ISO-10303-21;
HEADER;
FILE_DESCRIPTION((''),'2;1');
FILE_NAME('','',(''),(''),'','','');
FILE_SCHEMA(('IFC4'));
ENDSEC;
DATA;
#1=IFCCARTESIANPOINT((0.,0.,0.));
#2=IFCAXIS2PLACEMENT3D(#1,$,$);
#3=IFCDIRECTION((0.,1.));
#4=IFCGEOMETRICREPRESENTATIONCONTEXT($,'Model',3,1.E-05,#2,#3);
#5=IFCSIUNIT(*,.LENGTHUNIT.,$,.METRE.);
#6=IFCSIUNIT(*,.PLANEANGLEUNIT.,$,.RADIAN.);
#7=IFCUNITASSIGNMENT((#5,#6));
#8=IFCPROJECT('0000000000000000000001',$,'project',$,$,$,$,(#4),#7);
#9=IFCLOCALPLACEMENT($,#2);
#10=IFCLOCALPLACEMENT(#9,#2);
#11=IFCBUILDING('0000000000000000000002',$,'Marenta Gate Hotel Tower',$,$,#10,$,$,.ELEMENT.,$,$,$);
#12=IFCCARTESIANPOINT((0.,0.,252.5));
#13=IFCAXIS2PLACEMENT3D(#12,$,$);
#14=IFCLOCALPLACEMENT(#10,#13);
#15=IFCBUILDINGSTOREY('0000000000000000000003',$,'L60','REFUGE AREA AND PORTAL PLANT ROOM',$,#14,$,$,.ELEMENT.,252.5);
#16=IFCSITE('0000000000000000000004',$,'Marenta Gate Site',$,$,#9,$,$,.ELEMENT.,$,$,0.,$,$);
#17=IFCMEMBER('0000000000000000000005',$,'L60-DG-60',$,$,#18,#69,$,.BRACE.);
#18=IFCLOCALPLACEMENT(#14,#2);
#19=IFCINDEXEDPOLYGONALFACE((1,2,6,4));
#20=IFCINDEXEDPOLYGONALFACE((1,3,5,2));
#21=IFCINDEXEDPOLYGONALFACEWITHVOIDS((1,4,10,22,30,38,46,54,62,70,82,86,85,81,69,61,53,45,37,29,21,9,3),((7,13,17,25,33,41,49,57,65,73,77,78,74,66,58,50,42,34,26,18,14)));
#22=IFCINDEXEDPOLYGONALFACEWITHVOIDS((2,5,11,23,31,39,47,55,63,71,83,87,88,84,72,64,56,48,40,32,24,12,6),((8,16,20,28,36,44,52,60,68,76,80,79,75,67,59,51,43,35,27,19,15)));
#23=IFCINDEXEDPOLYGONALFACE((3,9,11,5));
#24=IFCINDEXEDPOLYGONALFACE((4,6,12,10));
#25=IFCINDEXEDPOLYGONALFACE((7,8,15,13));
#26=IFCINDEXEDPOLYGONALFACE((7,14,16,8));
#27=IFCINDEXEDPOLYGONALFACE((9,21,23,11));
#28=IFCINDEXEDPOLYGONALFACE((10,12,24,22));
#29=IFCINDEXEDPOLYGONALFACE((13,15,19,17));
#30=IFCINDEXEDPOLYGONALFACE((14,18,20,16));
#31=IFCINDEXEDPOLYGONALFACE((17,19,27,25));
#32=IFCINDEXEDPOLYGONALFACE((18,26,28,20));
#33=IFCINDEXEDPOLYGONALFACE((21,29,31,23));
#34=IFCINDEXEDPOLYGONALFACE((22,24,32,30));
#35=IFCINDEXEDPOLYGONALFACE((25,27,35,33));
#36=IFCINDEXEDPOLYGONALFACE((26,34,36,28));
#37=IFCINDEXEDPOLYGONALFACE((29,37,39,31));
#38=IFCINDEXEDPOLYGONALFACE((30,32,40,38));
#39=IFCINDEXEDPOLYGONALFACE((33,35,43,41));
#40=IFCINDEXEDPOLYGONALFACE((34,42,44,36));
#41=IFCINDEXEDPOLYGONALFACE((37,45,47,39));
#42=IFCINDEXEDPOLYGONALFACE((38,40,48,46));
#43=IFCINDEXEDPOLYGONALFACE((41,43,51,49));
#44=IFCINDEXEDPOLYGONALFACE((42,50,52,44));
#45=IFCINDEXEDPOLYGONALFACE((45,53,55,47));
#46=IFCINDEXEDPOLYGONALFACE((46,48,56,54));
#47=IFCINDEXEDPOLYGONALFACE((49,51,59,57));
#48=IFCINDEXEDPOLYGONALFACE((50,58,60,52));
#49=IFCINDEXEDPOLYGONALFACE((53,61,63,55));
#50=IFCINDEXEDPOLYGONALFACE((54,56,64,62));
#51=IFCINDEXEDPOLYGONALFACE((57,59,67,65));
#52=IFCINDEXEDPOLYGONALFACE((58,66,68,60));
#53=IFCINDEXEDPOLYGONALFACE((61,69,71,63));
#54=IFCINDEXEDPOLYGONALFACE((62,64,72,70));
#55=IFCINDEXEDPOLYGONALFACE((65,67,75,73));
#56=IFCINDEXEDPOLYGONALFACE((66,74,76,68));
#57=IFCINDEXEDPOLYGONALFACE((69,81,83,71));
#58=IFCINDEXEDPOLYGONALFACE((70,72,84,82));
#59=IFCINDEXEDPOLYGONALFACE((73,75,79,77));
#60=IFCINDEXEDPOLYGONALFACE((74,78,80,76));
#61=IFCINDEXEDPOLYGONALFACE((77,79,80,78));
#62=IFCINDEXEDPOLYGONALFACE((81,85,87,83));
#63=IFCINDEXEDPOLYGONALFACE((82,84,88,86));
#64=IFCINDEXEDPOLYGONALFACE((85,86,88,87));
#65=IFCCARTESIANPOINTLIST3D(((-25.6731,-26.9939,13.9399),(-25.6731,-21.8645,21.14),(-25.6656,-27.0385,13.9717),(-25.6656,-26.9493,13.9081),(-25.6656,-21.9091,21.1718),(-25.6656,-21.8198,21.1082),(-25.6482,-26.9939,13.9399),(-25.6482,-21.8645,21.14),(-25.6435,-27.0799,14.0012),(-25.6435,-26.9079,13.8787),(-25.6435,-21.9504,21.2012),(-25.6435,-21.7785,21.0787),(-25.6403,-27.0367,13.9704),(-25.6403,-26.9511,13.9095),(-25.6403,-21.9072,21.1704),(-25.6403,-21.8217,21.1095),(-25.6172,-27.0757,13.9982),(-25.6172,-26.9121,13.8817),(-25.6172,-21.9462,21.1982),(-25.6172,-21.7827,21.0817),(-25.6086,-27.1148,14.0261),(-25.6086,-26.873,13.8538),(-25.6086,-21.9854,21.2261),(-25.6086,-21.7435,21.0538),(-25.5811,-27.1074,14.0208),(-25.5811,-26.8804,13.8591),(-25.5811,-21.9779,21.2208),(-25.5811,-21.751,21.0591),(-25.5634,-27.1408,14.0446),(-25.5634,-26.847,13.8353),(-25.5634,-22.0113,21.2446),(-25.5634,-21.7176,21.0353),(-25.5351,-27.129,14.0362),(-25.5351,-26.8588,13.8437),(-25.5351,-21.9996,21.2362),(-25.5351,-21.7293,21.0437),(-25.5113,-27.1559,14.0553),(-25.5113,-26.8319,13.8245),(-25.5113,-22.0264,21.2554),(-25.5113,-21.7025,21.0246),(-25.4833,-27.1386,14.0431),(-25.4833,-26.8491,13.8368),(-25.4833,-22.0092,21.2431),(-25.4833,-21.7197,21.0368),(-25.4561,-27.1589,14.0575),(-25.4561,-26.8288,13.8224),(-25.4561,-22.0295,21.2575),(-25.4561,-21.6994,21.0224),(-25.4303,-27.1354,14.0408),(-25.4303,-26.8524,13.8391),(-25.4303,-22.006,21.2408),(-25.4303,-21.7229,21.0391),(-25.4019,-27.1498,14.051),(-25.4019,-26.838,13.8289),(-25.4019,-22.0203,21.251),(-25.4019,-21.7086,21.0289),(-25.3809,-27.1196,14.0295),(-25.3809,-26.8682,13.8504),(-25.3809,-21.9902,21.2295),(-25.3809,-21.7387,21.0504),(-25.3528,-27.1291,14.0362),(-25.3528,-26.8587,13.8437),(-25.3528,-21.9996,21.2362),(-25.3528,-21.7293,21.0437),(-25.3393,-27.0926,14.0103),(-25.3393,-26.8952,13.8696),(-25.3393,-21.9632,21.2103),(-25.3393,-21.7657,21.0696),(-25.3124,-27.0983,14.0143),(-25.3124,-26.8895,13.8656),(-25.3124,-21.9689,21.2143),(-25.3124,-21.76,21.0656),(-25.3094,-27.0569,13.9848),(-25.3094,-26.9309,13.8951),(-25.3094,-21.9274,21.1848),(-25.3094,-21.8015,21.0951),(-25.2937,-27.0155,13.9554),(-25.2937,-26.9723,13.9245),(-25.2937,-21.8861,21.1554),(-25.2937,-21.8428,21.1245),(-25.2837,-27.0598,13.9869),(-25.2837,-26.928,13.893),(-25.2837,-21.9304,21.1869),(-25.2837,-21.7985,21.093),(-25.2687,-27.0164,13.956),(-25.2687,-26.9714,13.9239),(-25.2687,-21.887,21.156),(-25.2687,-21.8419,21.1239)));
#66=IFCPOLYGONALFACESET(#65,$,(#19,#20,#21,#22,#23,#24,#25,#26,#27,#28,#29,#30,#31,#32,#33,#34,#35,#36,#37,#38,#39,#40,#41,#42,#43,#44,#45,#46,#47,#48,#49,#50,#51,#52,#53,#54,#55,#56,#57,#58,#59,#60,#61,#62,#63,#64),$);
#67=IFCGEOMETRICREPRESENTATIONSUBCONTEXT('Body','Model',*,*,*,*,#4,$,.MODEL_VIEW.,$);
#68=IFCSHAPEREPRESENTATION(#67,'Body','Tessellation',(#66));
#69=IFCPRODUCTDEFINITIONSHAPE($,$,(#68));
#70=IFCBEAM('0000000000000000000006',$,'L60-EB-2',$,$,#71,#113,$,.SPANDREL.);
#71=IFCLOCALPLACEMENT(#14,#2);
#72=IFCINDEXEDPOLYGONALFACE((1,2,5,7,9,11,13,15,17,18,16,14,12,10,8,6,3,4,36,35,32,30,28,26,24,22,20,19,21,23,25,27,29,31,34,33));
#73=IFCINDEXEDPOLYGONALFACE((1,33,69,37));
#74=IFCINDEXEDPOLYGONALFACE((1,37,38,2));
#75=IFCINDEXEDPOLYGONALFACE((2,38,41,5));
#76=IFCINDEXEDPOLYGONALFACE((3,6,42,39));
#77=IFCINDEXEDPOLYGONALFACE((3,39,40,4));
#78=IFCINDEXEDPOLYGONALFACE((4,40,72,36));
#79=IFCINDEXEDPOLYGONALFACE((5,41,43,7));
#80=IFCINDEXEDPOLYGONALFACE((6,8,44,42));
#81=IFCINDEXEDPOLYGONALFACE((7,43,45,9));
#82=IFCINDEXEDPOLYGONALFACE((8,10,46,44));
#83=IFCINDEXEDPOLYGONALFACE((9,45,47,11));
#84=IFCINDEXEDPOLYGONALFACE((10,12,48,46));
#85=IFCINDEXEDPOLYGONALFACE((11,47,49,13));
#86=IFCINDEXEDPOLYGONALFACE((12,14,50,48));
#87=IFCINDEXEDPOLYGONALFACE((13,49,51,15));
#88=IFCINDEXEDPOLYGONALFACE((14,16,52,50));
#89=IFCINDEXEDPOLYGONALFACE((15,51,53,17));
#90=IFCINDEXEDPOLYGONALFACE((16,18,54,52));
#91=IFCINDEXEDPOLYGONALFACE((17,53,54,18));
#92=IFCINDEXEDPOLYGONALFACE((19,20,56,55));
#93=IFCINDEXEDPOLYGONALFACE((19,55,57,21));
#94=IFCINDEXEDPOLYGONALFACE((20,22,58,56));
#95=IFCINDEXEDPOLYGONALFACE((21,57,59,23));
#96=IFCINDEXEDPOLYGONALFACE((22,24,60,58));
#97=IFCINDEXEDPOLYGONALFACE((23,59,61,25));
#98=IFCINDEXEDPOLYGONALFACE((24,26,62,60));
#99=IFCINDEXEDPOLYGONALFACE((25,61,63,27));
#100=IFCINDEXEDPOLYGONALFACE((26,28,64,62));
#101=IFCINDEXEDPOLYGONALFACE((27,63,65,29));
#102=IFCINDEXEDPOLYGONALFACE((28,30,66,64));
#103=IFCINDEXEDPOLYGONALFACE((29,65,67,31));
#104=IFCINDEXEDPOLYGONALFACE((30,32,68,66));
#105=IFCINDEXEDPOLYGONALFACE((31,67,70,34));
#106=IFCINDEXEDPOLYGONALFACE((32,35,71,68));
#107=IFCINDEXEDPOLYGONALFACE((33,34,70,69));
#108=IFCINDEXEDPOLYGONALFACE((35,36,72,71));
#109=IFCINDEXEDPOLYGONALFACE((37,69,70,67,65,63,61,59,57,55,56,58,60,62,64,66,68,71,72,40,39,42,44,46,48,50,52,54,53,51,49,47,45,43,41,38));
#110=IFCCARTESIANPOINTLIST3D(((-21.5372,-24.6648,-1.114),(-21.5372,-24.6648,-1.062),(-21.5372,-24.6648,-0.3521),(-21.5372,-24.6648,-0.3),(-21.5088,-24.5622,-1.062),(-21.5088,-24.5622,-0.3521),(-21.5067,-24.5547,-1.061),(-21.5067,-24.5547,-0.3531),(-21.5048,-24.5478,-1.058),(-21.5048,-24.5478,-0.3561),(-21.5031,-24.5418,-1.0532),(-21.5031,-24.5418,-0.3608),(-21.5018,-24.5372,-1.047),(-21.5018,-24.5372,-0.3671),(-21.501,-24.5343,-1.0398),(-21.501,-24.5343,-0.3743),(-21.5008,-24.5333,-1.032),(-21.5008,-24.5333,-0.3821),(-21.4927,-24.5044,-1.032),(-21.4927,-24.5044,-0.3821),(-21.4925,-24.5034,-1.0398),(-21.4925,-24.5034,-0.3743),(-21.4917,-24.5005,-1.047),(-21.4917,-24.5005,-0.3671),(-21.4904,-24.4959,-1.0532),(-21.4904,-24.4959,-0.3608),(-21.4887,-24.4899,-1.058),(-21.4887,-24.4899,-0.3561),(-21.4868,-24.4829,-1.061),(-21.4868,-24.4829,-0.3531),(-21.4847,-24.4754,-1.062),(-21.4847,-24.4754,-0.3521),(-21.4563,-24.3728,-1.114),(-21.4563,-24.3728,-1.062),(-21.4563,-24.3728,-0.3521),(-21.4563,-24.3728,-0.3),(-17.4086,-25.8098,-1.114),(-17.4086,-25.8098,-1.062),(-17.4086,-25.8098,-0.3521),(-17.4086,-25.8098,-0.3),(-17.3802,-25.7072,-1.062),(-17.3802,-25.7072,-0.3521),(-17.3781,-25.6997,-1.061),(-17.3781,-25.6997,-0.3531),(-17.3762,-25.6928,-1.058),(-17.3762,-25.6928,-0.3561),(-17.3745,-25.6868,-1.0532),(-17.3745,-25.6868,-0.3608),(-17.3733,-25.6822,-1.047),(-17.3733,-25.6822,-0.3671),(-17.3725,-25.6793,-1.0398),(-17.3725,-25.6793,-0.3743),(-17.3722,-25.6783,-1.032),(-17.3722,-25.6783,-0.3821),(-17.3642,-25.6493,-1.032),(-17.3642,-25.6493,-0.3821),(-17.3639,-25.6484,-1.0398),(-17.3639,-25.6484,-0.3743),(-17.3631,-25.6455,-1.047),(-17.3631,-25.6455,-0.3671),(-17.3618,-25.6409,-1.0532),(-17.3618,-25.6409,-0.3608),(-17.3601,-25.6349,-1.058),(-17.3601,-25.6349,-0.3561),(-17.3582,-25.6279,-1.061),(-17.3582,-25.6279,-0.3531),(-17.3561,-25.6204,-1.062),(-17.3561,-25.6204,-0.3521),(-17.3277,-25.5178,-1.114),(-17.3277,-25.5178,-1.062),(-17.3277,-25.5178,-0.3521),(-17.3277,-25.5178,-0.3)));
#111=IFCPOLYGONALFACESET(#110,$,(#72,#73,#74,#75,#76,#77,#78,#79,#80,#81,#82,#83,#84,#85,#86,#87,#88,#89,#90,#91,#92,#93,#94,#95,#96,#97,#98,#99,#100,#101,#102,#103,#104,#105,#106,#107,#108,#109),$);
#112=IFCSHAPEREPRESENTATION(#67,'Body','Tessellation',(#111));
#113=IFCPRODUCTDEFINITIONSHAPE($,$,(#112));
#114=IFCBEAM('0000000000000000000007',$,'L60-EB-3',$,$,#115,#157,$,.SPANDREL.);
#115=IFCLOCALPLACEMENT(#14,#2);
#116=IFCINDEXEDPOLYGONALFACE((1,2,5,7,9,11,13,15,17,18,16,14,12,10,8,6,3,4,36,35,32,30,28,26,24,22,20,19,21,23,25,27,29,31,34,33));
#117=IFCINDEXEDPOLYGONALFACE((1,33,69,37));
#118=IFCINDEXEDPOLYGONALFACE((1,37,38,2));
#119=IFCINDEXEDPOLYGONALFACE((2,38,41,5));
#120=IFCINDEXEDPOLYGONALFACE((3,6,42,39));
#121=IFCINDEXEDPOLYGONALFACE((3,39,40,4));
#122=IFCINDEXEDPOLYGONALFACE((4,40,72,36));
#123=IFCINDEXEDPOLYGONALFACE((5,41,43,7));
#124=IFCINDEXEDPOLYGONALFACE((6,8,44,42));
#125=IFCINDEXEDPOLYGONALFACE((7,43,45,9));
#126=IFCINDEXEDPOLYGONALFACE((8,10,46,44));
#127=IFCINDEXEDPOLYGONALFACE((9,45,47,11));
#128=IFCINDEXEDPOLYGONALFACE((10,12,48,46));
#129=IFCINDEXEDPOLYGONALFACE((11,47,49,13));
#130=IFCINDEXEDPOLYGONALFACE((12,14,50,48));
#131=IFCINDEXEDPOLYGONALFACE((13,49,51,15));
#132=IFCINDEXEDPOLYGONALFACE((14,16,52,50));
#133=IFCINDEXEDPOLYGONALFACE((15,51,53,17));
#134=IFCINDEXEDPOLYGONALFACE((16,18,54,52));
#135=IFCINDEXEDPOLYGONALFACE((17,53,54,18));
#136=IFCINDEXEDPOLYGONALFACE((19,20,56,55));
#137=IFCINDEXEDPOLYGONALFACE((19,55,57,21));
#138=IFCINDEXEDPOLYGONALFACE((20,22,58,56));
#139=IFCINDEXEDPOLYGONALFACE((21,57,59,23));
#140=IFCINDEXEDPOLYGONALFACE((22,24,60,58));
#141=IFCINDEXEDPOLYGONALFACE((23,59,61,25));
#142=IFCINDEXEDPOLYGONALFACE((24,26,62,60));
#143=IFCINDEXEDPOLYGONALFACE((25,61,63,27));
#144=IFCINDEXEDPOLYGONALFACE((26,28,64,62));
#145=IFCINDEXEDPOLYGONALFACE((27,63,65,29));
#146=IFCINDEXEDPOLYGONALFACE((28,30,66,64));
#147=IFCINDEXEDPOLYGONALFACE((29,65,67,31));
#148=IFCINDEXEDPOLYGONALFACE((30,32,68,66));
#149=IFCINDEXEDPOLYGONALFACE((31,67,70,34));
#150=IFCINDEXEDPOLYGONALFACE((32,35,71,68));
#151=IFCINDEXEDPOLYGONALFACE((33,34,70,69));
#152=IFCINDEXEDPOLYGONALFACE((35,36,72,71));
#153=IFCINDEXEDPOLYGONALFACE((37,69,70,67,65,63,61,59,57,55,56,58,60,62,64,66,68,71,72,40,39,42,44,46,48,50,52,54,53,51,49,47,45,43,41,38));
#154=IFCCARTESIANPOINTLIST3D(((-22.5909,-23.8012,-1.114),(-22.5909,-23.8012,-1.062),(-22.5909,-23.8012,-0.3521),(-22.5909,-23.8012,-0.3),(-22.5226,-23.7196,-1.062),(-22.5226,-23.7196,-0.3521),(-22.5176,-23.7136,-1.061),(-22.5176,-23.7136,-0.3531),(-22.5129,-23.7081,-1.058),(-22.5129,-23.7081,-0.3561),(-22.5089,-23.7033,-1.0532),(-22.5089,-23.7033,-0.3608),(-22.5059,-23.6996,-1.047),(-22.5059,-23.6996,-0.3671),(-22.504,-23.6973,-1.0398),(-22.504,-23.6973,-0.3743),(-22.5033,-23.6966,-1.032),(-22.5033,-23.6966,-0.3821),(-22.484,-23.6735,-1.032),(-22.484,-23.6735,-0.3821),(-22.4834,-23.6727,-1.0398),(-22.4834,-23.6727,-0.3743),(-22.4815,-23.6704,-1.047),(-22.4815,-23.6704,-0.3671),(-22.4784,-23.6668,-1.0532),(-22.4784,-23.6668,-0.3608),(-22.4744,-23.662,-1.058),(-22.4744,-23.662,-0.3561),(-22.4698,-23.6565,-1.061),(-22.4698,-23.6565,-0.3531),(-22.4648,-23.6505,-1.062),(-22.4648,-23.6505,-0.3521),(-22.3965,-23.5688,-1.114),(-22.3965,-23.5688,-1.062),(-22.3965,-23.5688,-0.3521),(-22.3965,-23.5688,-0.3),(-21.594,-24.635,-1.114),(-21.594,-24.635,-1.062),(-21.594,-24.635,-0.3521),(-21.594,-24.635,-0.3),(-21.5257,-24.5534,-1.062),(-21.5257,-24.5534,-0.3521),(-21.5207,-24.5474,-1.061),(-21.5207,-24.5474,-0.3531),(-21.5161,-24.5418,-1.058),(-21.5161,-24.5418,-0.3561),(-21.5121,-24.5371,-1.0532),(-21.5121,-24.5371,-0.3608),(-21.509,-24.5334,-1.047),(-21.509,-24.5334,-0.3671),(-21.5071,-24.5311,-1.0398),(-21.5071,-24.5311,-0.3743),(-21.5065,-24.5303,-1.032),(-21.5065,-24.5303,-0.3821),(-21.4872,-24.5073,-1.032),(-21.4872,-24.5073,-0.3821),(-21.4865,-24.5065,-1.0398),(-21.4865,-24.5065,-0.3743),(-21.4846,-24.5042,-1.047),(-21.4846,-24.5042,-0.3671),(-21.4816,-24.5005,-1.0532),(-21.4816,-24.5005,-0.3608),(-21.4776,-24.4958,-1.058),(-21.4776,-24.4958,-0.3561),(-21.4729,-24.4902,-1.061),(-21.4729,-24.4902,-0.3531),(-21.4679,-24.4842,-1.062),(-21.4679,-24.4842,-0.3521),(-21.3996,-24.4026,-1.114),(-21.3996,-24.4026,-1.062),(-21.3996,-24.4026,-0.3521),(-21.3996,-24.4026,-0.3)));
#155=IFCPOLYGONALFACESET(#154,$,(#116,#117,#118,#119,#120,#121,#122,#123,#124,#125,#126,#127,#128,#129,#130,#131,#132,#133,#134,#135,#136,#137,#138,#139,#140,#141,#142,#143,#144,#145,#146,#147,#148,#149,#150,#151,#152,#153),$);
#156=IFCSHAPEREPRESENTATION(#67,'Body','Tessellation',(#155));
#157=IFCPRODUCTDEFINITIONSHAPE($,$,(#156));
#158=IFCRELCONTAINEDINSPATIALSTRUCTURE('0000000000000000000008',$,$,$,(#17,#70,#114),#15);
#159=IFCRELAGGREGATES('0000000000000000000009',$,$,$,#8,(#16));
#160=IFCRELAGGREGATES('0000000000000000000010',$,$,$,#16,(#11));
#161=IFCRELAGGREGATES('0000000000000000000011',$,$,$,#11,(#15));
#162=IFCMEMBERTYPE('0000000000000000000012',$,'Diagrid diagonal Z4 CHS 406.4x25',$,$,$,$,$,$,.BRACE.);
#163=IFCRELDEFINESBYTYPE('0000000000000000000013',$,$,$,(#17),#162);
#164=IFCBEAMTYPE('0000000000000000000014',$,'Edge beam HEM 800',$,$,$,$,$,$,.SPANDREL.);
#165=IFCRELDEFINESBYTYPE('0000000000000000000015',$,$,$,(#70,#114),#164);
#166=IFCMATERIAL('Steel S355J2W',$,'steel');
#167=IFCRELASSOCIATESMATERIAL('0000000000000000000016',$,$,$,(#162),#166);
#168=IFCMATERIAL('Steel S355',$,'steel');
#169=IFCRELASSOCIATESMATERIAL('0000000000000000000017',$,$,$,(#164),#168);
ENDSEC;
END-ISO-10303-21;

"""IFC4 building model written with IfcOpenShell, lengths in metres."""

from ifc_helpers import new_model, si_unit, direction, frame, origin, origin_2d, place, context, subcontext, project, spatial, hollow_circle, i_section, extrude, material, material_profile, profile_set, type_object, element, save


model = new_model("IFC4")

# Units and contexts
model_context = context("Model", 3, precision=1e-05, world=origin(), true_north=direction((0.0, 1.0)))
body_context = subcontext(model_context, "Body", "Model", "MODEL_VIEW")
ifc_project = project(units=[si_unit("LENGTHUNIT", "METRE"), si_unit("PLANEANGLEUNIT", "RADIAN")], contexts=[model_context])

# Site, building, storey
site_placement = place(None, origin())
site = spatial("IfcSite", under=ifc_project, at=site_placement, Name="Marenta Gate Site", CompositionType="ELEMENT", RefElevation=0.0)
building_placement = place(site_placement, origin())
building = spatial("IfcBuilding", under=site, at=building_placement, Name="Marenta Gate Hotel Tower", CompositionType="ELEMENT")
storey_placement = place(building_placement, frame((0.0, 0.0, 252.5)))
storey = spatial("IfcBuildingStorey", under=building, at=storey_placement, Name="L60", Description="REFUGE AREA AND PORTAL PLANT ROOM", CompositionType="ELEMENT", Elevation=252.5)

# Member
ifc_material_1 = material(Name="Steel S355J2W", Category="steel")
ifc_material_profile_1 = material_profile(ifc_material_1, hollow_circle(Radius=0.2031, WallThickness=0.0249, at=origin_2d()), Name="CHS 406.4x25")
ifc_profile_set_1 = profile_set([ifc_material_profile_1], Name="Steel S355J2W")
member_type_1 = type_object("IfcMemberType", Name="Diagrid diagonal Z4 CHS 406.4x25", PredefinedType="BRACE", material=ifc_profile_set_1)
for number, where, z_axis, x_axis, name in (
    (1, (-25.47, -26.9939, 13.9399), (0.0, 0.580232, 0.814451), (-1.0, 0.0, 0.0), "L60-DG-60"),
):
    element("IfcMember", number, at=place(storey_placement, frame(where, z_axis=z_axis, x_axis=x_axis)), inside=storey, type_object=member_type_1, Name=name, PredefinedType="BRACE", context=body_context, shape_type="SweptSolid", body=[
        extrude(hollow_circle(Radius=0.2031, WallThickness=0.0249, at=origin_2d()), origin(), (0.0, 0.0, 1.0), 8.8403),
    ])

# Beams
ifc_material_2 = material(Name="Steel S355", Category="steel")
ifc_material_profile_2 = material_profile(ifc_material_2, i_section(OverallWidth=0.303, OverallDepth=0.814, WebThickness=0.03, FlangeThickness=0.052, FilletRadius=0.03, at=origin_2d()), Name="HEM 800")
ifc_profile_set_2 = profile_set([ifc_material_profile_2], Name="Steel S355")
beam_type_1 = type_object("IfcBeamType", Name="Edge beam HEM 800", PredefinedType="SPANDREL", material=ifc_profile_set_2)
beam_1_placement = place(storey_placement, frame((-17.3682, -25.6638, -0.707), z_axis=(-0.963628, 0.267247, 0.0), x_axis=(-0.267247, -0.963628, 0.0)))
element("IfcBeam", 2, at=beam_1_placement, inside=storey, type_object=beam_type_1, Name="L60-EB-2", PredefinedType="SPANDREL", context=body_context, shape_type="SweptSolid", body=[
    extrude(i_section(OverallWidth=0.303, OverallDepth=0.814, WebThickness=0.03, FlangeThickness=0.052, FilletRadius=0.03, at=origin_2d()), origin(), (0.0, 0.0, 1.0), 4.2844),
])
beam_2_placement = place(storey_placement, frame((-21.4968, -24.5188, -0.707), z_axis=(-0.767065, 0.641569, 0.0), x_axis=(-0.641569, -0.767065, 0.0)))
element("IfcBeam", 3, at=beam_2_placement, inside=storey, type_object=beam_type_1, Name="L60-EB-3", PredefinedType="SPANDREL", context=body_context, shape_type="SweptSolid", body=[
    extrude(i_section(OverallWidth=0.303, OverallDepth=0.814, WebThickness=0.03, FlangeThickness=0.052, FilletRadius=0.03, at=origin_2d()), origin(), (0.0, 0.0, 1.0), 1.2996),
])

save(model, "model.ifc")
